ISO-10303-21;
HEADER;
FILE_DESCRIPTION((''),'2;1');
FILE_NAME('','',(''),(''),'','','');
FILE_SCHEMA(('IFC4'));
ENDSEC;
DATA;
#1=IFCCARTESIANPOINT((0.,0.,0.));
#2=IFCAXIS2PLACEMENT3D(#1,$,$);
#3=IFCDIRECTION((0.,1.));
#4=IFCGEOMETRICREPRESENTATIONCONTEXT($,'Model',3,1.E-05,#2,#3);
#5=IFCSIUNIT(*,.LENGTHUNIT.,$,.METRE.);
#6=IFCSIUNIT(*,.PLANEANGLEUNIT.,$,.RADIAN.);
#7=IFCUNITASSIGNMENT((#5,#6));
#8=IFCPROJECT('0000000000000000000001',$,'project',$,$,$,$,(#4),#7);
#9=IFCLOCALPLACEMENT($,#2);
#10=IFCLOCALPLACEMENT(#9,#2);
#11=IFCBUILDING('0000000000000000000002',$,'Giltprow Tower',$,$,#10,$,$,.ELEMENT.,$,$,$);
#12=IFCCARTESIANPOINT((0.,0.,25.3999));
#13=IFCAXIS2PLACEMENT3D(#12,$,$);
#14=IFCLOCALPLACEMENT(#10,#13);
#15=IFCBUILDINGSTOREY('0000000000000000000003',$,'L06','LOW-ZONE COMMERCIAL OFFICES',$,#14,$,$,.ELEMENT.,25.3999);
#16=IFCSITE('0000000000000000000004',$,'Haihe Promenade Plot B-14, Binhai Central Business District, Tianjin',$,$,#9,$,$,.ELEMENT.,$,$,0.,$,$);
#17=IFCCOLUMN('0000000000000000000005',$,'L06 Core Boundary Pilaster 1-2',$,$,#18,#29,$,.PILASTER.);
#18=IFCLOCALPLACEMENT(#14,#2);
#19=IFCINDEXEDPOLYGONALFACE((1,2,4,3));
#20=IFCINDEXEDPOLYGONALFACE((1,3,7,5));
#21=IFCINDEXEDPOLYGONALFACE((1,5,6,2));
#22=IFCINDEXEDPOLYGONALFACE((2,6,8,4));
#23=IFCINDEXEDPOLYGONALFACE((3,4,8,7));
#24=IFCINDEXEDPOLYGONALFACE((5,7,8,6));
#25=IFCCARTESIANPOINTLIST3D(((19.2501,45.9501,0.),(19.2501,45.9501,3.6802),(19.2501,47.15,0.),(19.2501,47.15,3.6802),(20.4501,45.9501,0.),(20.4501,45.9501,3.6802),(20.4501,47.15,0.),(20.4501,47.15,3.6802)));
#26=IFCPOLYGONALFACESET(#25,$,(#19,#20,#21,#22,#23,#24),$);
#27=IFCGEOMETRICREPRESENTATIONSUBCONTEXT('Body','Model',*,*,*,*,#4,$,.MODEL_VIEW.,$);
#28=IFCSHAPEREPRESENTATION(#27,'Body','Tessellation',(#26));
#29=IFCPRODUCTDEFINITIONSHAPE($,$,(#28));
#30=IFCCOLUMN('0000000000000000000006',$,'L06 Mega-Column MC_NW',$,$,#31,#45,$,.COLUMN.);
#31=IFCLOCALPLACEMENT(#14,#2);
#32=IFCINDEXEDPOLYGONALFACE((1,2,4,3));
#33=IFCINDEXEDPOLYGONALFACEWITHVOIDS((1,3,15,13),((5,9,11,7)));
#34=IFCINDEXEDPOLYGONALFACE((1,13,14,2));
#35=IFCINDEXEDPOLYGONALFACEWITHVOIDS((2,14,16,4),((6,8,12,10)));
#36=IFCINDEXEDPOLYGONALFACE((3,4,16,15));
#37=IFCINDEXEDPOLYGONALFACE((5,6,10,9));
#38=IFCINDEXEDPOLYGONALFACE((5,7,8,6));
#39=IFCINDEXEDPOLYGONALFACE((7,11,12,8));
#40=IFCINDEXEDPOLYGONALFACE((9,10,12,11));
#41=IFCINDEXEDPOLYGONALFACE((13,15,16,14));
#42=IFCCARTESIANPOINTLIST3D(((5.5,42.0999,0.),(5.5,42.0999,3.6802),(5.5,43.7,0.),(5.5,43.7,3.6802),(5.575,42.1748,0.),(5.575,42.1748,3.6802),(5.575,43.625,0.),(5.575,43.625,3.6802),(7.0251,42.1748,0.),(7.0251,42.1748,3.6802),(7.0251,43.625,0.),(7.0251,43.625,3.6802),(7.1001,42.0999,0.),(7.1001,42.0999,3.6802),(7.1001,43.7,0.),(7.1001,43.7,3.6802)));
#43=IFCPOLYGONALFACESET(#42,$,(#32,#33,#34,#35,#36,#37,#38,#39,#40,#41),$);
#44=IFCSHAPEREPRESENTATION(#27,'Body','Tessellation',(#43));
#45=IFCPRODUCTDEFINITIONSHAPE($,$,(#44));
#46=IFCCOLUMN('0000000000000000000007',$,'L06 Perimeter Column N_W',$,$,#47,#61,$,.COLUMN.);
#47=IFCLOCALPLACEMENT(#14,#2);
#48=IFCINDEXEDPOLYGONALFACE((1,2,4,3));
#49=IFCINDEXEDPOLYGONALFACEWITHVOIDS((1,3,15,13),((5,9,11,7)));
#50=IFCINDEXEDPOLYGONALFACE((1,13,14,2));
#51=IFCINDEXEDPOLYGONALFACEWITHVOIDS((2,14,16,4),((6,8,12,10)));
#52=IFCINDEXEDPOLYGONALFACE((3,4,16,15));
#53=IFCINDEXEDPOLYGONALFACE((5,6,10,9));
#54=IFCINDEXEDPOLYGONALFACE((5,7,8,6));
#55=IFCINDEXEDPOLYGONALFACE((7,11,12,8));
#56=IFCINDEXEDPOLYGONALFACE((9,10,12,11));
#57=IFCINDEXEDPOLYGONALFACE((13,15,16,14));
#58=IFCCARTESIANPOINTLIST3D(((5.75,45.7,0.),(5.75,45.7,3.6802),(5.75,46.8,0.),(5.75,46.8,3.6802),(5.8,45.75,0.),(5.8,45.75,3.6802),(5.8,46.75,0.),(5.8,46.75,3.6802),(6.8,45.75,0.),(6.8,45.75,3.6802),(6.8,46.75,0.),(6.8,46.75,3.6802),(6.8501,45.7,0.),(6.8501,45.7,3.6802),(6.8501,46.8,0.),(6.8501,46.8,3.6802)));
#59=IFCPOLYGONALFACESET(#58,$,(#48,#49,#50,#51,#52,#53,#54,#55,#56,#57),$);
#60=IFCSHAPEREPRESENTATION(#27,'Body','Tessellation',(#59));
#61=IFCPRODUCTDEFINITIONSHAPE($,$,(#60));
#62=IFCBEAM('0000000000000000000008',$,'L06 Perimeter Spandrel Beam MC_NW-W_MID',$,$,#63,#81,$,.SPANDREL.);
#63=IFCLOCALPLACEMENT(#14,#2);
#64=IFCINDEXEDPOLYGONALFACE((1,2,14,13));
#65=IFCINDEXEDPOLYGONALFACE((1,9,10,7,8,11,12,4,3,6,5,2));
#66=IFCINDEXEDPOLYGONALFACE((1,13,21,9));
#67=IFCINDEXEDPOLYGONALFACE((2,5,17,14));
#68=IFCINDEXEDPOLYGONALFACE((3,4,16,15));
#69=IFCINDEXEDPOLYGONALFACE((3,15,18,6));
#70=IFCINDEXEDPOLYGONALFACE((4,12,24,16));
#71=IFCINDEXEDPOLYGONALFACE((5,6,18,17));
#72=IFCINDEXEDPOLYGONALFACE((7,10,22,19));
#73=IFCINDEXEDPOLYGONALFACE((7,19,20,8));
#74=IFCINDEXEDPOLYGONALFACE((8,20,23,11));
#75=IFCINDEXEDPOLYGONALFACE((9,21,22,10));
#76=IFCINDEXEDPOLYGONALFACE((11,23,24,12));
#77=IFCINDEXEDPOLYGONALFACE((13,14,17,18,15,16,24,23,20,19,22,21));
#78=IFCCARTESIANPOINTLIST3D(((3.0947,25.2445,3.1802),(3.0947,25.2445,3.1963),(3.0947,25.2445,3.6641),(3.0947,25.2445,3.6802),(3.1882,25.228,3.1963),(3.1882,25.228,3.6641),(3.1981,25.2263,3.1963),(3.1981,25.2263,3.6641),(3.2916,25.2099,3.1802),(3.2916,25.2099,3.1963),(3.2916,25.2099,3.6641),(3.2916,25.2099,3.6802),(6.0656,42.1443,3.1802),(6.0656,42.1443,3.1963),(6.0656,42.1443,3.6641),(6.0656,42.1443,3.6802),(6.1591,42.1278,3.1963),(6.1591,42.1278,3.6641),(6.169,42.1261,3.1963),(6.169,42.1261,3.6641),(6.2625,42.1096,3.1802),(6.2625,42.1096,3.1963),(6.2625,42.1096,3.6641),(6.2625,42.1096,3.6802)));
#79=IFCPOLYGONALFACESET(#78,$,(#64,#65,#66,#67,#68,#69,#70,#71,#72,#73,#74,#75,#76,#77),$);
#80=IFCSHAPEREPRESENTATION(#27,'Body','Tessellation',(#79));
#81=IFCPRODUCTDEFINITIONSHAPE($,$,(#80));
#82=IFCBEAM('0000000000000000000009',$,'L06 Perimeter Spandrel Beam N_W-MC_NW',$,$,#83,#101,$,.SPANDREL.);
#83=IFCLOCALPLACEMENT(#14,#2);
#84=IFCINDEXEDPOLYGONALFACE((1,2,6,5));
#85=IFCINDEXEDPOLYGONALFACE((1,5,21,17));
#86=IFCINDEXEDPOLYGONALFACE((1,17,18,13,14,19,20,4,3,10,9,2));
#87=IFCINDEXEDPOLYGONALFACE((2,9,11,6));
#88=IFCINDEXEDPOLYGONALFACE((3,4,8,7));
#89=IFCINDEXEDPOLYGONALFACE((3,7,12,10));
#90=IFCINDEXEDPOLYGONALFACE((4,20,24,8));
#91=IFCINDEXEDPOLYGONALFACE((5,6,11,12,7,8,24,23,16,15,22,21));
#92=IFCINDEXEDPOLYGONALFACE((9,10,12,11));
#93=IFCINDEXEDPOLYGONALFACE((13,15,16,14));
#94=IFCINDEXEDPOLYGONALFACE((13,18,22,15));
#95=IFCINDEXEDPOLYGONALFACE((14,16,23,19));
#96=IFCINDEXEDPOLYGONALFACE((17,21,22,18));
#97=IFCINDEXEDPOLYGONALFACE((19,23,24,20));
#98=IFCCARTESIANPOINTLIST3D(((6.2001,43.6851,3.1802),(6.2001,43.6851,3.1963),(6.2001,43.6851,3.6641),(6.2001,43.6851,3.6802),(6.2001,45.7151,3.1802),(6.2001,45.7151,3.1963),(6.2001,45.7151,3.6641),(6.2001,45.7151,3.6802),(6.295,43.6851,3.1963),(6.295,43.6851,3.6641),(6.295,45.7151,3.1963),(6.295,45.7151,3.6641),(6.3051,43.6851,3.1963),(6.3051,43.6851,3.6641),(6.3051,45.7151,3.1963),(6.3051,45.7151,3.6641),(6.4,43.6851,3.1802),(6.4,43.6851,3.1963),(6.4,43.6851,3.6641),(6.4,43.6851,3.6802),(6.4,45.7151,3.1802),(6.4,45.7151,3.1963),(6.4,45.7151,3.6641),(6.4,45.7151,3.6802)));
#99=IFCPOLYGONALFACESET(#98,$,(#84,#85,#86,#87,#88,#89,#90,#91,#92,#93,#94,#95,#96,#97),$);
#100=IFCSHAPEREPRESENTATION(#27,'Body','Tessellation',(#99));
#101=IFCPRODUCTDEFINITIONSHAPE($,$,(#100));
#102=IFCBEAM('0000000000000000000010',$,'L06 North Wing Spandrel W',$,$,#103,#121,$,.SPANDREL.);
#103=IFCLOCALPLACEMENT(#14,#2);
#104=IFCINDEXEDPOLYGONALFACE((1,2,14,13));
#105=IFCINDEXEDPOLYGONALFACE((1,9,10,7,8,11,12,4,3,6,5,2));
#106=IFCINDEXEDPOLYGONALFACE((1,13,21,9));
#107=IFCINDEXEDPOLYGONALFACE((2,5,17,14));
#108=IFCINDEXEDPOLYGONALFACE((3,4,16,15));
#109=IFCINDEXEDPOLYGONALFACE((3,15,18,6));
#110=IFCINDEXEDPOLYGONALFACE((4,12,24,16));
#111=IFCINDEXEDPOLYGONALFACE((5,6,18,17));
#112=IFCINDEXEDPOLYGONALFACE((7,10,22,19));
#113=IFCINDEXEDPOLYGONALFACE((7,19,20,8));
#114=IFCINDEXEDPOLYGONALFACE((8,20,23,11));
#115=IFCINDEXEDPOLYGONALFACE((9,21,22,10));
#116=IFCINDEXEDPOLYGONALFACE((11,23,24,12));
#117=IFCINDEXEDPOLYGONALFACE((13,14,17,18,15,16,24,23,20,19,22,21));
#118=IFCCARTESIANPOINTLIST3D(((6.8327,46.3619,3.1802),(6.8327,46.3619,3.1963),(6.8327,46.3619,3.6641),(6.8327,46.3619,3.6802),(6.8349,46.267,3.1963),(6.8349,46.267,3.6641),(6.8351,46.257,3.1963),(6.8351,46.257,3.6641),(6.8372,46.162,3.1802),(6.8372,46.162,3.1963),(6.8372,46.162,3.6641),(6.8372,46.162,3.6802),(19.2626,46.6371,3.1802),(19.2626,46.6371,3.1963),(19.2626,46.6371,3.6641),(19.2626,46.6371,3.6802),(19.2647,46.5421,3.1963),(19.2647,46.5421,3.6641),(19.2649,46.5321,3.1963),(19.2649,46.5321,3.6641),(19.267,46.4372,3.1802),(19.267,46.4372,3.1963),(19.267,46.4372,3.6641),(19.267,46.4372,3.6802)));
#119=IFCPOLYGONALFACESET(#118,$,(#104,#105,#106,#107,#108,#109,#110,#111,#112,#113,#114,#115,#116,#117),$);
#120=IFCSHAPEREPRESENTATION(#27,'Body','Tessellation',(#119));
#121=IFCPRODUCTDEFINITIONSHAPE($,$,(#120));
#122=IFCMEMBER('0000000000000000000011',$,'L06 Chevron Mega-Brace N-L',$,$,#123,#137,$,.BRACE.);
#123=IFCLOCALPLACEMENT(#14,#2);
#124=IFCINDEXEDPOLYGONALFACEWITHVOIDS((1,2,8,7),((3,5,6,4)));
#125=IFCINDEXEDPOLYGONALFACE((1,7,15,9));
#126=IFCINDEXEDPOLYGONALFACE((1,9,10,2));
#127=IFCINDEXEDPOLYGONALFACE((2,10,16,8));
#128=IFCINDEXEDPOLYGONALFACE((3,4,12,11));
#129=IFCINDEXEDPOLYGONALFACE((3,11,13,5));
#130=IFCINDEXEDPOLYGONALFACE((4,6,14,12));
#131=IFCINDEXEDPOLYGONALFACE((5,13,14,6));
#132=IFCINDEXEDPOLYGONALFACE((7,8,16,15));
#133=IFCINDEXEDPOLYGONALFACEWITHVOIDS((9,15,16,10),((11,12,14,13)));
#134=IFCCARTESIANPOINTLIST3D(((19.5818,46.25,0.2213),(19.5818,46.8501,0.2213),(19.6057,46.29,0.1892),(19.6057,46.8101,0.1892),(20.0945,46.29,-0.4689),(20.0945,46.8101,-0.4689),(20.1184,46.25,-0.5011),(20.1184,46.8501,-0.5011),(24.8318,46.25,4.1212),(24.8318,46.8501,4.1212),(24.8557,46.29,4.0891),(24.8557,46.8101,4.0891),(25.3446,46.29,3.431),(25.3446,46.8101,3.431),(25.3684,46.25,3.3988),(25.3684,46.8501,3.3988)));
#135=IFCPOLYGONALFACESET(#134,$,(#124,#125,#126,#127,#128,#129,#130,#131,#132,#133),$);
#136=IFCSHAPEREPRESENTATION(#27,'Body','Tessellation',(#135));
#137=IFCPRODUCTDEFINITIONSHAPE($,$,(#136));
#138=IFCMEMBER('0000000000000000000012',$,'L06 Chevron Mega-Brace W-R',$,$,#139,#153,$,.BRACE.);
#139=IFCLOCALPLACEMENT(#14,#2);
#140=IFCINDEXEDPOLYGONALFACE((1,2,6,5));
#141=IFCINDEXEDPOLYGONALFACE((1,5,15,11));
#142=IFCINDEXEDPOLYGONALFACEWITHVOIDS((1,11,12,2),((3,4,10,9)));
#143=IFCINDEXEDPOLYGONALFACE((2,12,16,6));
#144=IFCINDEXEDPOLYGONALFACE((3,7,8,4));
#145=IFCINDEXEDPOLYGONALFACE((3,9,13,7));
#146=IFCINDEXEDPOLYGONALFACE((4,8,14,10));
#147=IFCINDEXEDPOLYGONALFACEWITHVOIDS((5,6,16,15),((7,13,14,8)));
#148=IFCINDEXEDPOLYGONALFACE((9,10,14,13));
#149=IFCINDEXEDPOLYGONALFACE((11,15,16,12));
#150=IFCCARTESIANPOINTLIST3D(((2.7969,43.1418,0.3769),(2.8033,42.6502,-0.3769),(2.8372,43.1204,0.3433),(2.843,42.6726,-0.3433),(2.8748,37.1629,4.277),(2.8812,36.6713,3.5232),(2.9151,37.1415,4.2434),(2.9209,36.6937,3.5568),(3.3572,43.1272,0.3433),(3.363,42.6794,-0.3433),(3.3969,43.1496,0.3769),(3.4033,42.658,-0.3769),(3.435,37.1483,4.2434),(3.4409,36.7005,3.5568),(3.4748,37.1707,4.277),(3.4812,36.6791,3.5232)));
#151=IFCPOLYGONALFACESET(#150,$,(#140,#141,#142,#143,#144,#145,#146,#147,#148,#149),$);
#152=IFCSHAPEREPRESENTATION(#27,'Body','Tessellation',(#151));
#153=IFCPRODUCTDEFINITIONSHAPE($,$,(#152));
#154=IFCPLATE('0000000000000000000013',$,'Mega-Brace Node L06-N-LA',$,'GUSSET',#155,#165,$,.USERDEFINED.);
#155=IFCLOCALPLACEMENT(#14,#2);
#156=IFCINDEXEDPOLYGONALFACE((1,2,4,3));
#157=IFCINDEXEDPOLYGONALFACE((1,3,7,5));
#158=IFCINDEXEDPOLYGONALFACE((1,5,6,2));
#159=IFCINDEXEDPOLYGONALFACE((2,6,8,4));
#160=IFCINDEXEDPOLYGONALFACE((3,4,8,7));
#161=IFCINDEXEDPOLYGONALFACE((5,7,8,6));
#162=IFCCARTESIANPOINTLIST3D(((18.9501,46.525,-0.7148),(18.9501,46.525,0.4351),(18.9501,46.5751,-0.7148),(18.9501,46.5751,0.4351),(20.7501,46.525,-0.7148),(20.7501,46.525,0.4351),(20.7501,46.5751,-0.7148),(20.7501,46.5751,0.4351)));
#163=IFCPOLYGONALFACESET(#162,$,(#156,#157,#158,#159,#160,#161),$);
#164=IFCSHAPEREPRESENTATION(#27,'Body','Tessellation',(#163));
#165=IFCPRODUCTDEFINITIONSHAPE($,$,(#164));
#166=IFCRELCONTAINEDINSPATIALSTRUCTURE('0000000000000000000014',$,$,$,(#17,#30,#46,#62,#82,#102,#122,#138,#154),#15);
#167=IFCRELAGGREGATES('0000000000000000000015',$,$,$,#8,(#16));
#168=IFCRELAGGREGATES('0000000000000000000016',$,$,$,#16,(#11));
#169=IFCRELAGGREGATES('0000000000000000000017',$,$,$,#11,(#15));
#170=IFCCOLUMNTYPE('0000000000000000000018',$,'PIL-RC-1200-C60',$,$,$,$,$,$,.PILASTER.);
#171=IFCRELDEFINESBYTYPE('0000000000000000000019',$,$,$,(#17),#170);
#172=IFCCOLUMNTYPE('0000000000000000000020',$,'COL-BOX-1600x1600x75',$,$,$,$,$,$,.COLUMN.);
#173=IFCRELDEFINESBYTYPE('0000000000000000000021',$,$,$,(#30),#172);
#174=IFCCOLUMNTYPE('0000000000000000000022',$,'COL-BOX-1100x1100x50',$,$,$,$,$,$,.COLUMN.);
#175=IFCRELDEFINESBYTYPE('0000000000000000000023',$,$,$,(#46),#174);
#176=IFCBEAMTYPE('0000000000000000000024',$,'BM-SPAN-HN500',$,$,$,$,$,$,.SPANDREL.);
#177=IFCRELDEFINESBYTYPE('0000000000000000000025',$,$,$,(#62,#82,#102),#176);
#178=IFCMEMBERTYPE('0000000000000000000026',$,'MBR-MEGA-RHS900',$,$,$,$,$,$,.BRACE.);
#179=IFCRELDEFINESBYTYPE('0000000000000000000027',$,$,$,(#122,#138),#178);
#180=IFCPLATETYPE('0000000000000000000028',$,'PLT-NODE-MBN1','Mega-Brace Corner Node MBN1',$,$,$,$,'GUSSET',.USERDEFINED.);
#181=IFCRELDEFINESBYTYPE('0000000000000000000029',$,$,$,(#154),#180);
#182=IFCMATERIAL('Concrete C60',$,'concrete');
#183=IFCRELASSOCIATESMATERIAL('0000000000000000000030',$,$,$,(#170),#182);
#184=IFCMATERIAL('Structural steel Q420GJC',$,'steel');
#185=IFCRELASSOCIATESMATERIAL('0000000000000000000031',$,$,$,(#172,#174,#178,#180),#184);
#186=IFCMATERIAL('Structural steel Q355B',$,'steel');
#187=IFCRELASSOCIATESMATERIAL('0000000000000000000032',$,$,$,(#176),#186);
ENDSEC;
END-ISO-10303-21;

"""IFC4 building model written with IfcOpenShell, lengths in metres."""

from ifc_helpers import new_model, si_unit, direction, frame, origin, origin_2d, place, context, subcontext, project, spatial, rectangle, hollow_rectangle, i_section, extrude, source, transform, mapped, material, material_profile, profile_set, type_object, element, save


model = new_model("IFC4")

# Units and contexts
model_context = context("Model", 3, precision=1e-05, world=origin(), true_north=direction((0.0, 1.0)))
body_context = subcontext(model_context, "Body", "Model", "MODEL_VIEW")
ifc_project = project(units=[si_unit("LENGTHUNIT", "METRE"), si_unit("PLANEANGLEUNIT", "RADIAN")], contexts=[model_context])

# Site, building, storey
site_placement = place(None, origin())
site = spatial("IfcSite", under=ifc_project, at=site_placement, Name="Haihe Promenade Plot B-14, Binhai Central Business District, Tianjin", CompositionType="ELEMENT", RefElevation=0.0)
building_placement = place(site_placement, origin())
building = spatial("IfcBuilding", under=site, at=building_placement, Name="Giltprow Tower", CompositionType="ELEMENT")
storey_placement = place(building_placement, frame((0.0, 0.0, 25.3999)))
storey = spatial("IfcBuildingStorey", under=building, at=storey_placement, Name="L06", Description="LOW-ZONE COMMERCIAL OFFICES", CompositionType="ELEMENT", Elevation=25.3999)

# Columns
ifc_material_1 = material(Name="Concrete C60", Category="concrete")
ifc_material_profile_1 = material_profile(ifc_material_1, rectangle(XDim=1.2, YDim=1.2, at=origin_2d()), Name="RC 1200x1200")
ifc_profile_set_1 = profile_set([ifc_material_profile_1], Name="Concrete C60")
column_type_1 = type_object("IfcColumnType", Name="PIL-RC-1200-C60", PredefinedType="PILASTER", material=ifc_profile_set_1)
shared_shape_1 = source(origin(), body_context, "Body", "SweptSolid", [
    extrude(rectangle(XDim=1.2, YDim=1.2, at=origin_2d()), origin(), (0.0, 0.0, 1.0), 3.6802),
])
column_1_placement = place(storey_placement, frame((19.8501, 46.55, 0.0), z_axis=(0.0, 0.0, 1.0), x_axis=(1.0, 0.0, 0.0)))
element("IfcColumn", 1, at=column_1_placement, inside=storey, type_object=column_type_1, Name="L06 Core Boundary Pilaster 1-2", PredefinedType="PILASTER", context=body_context, shape_type="MappedRepresentation", body=[
    mapped(shared_shape_1, transform((0.0, 0.0, 0.0), x_axis=(1.0, 0.0, 0.0), y_axis=(0.0, 1.0, 0.0), z_axis=(0.0, 0.0, 1.0), scale=1.0)),
])
ifc_material_2 = material(Name="Structural steel Q420GJC", Category="steel")
ifc_material_profile_2 = material_profile(ifc_material_2, hollow_rectangle(XDim=1.6001, YDim=1.6001, WallThickness=0.075, at=origin_2d()), Name="BOX 1600x1600x75")
ifc_profile_set_2 = profile_set([ifc_material_profile_2], Name="Structural steel Q420GJC")
column_type_2 = type_object("IfcColumnType", Name="COL-BOX-1600x1600x75", PredefinedType="COLUMN", material=ifc_profile_set_2)
shared_shape_2 = source(origin(), body_context, "Body", "SweptSolid", [
    extrude(hollow_rectangle(XDim=1.6001, YDim=1.6001, WallThickness=0.075, at=origin_2d()), origin(), (0.0, 0.0, 1.0), 3.6802),
])
column_2_placement = place(storey_placement, frame((6.3, 42.8999, 0.0), z_axis=(0.0, 0.0, 1.0), x_axis=(1.0, 0.0, 0.0)))
element("IfcColumn", 2, at=column_2_placement, inside=storey, type_object=column_type_2, Name="L06 Mega-Column MC_NW", PredefinedType="COLUMN", context=body_context, shape_type="MappedRepresentation", body=[
    mapped(shared_shape_2, transform((0.0, 0.0, 0.0), x_axis=(1.0, 0.0, 0.0), y_axis=(0.0, 1.0, 0.0), z_axis=(0.0, 0.0, 1.0), scale=1.0)),
])
ifc_material_profile_3 = material_profile(ifc_material_2, hollow_rectangle(XDim=1.1001, YDim=1.1001, WallThickness=0.05, at=origin_2d()), Name="BOX 1100x1100x50")
ifc_profile_set_3 = profile_set([ifc_material_profile_3], Name="Structural steel Q420GJC")
column_type_3 = type_object("IfcColumnType", Name="COL-BOX-1100x1100x50", PredefinedType="COLUMN", material=ifc_profile_set_3)
shared_shape_3 = source(origin(), body_context, "Body", "SweptSolid", [
    extrude(hollow_rectangle(XDim=1.1001, YDim=1.1001, WallThickness=0.05, at=origin_2d()), origin(), (0.0, 0.0, 1.0), 3.6802),
])
column_3_placement = place(storey_placement, frame((6.3, 46.25, 0.0), z_axis=(0.0, 0.0, 1.0), x_axis=(1.0, 0.0, 0.0)))
element("IfcColumn", 3, at=column_3_placement, inside=storey, type_object=column_type_3, Name="L06 Perimeter Column N_W", PredefinedType="COLUMN", context=body_context, shape_type="MappedRepresentation", body=[
    mapped(shared_shape_3, transform((0.0, 0.0, 0.0), x_axis=(1.0, 0.0, 0.0), y_axis=(0.0, 1.0, 0.0), z_axis=(0.0, 0.0, 1.0), scale=1.0)),
])

# Beams
ifc_material_3 = material(Name="Structural steel Q355B", Category="steel")
ifc_material_profile_4 = material_profile(ifc_material_3, i_section(OverallWidth=0.2, OverallDepth=0.5, WebThickness=0.01, FlangeThickness=0.0161, at=origin_2d()), Name="HN 500x200x10x16")
ifc_profile_set_4 = profile_set([ifc_material_profile_4], Name="Structural steel Q355B")
beam_type = type_object("IfcBeamType", Name="BM-SPAN-HN500", PredefinedType="SPANDREL", material=ifc_profile_set_4)
shared_shape_4 = source(origin(), body_context, "Body", "SweptSolid", [
    extrude(i_section(OverallWidth=0.2, OverallDepth=0.5, WebThickness=0.01, FlangeThickness=0.0161, at=origin_2d()), origin(), (0.0, 0.0, 1.0), 17.1589),
])
beam_1_placement = place(storey_placement, frame((6.1641, 42.127, 3.4302), z_axis=(-0.173142, -0.984897, 0.0), x_axis=(0.984897, -0.173142, 0.0)))
element("IfcBeam", 4, at=beam_1_placement, inside=storey, type_object=beam_type, Name="L06 Perimeter Spandrel Beam MC_NW-W_MID", PredefinedType="SPANDREL", context=body_context, shape_type="MappedRepresentation", body=[
    mapped(shared_shape_4, transform((0.0, 0.0, 0.0), x_axis=(1.0, 0.0, 0.0), y_axis=(0.0, 1.0, 0.0), z_axis=(0.0, 0.0, 1.0), scale=1.0)),
])
shared_shape_5 = source(origin(), body_context, "Body", "SweptSolid", [
    extrude(i_section(OverallWidth=0.2, OverallDepth=0.5, WebThickness=0.01, FlangeThickness=0.0161, at=origin_2d()), origin(), (0.0, 0.0, 1.0), 2.03),
])
beam_2_placement = place(storey_placement, frame((6.3, 45.7151, 3.4302), z_axis=(0.0, -1.0, 0.0), x_axis=(1.0, 0.0, 0.0)))
element("IfcBeam", 5, at=beam_2_placement, inside=storey, type_object=beam_type, Name="L06 Perimeter Spandrel Beam N_W-MC_NW", PredefinedType="SPANDREL", context=body_context, shape_type="MappedRepresentation", body=[
    mapped(shared_shape_5, transform((0.0, 0.0, 0.0), x_axis=(1.0, 0.0, 0.0), y_axis=(0.0, 1.0, 0.0), z_axis=(0.0, 0.0, 1.0), scale=1.0)),
])
shared_shape_6 = source(origin(), body_context, "Body", "SweptSolid", [
    extrude(i_section(OverallWidth=0.2, OverallDepth=0.5, WebThickness=0.01, FlangeThickness=0.0161, at=origin_2d()), origin(), (0.0, 0.0, 1.0), 12.4329),
])
beam_3_placement = place(storey_placement, frame((6.835, 46.262, 3.4302), z_axis=(0.999755, 0.02213, 0.0), x_axis=(-0.02213, 0.999755, 0.0)))
element("IfcBeam", 6, at=beam_3_placement, inside=storey, type_object=beam_type, Name="L06 North Wing Spandrel W", PredefinedType="SPANDREL", context=body_context, shape_type="MappedRepresentation", body=[
    mapped(shared_shape_6, transform((0.0, 0.0, 0.0), x_axis=(1.0, 0.0, 0.0), y_axis=(0.0, 1.0, 0.0), z_axis=(0.0, 0.0, 1.0), scale=1.0)),
])

# Members
ifc_material_profile_5 = material_profile(ifc_material_2, hollow_rectangle(XDim=0.6001, YDim=0.8999, WallThickness=0.04, at=origin_2d()), Name="RHS 900x600x40")
ifc_profile_set_5 = profile_set([ifc_material_profile_5], Name="Structural steel Q420GJC")
member_type = type_object("IfcMemberType", Name="MBR-MEGA-RHS900", PredefinedType="BRACE", material=ifc_profile_set_5)
shared_shape_7 = source(origin(), body_context, "Body", "SweptSolid", [
    extrude(hollow_rectangle(XDim=0.6001, YDim=0.8999, WallThickness=0.04, at=origin_2d()), origin(), (0.0, 0.0, 1.0), 6.54),
])
member_1_placement = place(storey_placement, frame((19.8501, 46.55, -0.1399), z_axis=(0.802751, 0.0, 0.596314), x_axis=(0.0, 1.0, 0.0)))
element("IfcMember", 7, at=member_1_placement, inside=storey, type_object=member_type, Name="L06 Chevron Mega-Brace N-L", PredefinedType="BRACE", context=body_context, shape_type="MappedRepresentation", body=[
    mapped(shared_shape_7, transform((0.0, 0.0, 0.0), x_axis=(1.0, 0.0, 0.0), y_axis=(0.0, 1.0, 0.0), z_axis=(0.0, 0.0, 1.0), scale=1.0)),
])
shared_shape_8 = source(origin(), body_context, "Body", "SweptSolid", [
    extrude(hollow_rectangle(XDim=0.6001, YDim=0.8999, WallThickness=0.04, at=origin_2d()), origin(), (0.0, 0.0, 1.0), 7.1389),
])
member_2_placement = place(storey_placement, frame((3.1001, 42.8999, 0.0), z_axis=(0.010909, -0.83751, 0.546314), x_axis=(0.999915, 0.013025, 0.0)))
element("IfcMember", 8, at=member_2_placement, inside=storey, type_object=member_type, Name="L06 Chevron Mega-Brace W-R", PredefinedType="BRACE", context=body_context, shape_type="MappedRepresentation", body=[
    mapped(shared_shape_8, transform((0.0, 0.0, 0.0), x_axis=(1.0, 0.0, 0.0), y_axis=(0.0, 1.0, 0.0), z_axis=(0.0, 0.0, 1.0), scale=1.0)),
])

# Plate
plate_type = type_object("IfcPlateType", Name="PLT-NODE-MBN1", Description="Mega-Brace Corner Node MBN1", ElementType="GUSSET", PredefinedType="USERDEFINED", material=ifc_material_2)
shared_shape_9 = source(origin(), body_context, "Body", "SweptSolid", [
    extrude(rectangle(XDim=1.8, YDim=0.05, at=origin_2d()), origin(), (0.0, 0.0, 1.0), 1.1499),
])
for number, where, z_axis, x_axis, name in (
    (9, (19.8501, 46.55, -0.7148), (0.0, 0.0, 1.0), (1.0, 0.0, 0.0), "Mega-Brace Node L06-N-LA"),
):
    element("IfcPlate", number, at=place(storey_placement, frame(where, z_axis=z_axis, x_axis=x_axis)), inside=storey, type_object=plate_type, Name=name, ObjectType="GUSSET", PredefinedType="USERDEFINED", context=body_context, shape_type="MappedRepresentation", body=[
        mapped(shared_shape_9, transform((0.0, 0.0, 0.0), x_axis=(1.0, 0.0, 0.0), y_axis=(0.0, 1.0, 0.0), z_axis=(0.0, 0.0, 1.0), scale=1.0)),
    ])

save(model, "model.ifc")
